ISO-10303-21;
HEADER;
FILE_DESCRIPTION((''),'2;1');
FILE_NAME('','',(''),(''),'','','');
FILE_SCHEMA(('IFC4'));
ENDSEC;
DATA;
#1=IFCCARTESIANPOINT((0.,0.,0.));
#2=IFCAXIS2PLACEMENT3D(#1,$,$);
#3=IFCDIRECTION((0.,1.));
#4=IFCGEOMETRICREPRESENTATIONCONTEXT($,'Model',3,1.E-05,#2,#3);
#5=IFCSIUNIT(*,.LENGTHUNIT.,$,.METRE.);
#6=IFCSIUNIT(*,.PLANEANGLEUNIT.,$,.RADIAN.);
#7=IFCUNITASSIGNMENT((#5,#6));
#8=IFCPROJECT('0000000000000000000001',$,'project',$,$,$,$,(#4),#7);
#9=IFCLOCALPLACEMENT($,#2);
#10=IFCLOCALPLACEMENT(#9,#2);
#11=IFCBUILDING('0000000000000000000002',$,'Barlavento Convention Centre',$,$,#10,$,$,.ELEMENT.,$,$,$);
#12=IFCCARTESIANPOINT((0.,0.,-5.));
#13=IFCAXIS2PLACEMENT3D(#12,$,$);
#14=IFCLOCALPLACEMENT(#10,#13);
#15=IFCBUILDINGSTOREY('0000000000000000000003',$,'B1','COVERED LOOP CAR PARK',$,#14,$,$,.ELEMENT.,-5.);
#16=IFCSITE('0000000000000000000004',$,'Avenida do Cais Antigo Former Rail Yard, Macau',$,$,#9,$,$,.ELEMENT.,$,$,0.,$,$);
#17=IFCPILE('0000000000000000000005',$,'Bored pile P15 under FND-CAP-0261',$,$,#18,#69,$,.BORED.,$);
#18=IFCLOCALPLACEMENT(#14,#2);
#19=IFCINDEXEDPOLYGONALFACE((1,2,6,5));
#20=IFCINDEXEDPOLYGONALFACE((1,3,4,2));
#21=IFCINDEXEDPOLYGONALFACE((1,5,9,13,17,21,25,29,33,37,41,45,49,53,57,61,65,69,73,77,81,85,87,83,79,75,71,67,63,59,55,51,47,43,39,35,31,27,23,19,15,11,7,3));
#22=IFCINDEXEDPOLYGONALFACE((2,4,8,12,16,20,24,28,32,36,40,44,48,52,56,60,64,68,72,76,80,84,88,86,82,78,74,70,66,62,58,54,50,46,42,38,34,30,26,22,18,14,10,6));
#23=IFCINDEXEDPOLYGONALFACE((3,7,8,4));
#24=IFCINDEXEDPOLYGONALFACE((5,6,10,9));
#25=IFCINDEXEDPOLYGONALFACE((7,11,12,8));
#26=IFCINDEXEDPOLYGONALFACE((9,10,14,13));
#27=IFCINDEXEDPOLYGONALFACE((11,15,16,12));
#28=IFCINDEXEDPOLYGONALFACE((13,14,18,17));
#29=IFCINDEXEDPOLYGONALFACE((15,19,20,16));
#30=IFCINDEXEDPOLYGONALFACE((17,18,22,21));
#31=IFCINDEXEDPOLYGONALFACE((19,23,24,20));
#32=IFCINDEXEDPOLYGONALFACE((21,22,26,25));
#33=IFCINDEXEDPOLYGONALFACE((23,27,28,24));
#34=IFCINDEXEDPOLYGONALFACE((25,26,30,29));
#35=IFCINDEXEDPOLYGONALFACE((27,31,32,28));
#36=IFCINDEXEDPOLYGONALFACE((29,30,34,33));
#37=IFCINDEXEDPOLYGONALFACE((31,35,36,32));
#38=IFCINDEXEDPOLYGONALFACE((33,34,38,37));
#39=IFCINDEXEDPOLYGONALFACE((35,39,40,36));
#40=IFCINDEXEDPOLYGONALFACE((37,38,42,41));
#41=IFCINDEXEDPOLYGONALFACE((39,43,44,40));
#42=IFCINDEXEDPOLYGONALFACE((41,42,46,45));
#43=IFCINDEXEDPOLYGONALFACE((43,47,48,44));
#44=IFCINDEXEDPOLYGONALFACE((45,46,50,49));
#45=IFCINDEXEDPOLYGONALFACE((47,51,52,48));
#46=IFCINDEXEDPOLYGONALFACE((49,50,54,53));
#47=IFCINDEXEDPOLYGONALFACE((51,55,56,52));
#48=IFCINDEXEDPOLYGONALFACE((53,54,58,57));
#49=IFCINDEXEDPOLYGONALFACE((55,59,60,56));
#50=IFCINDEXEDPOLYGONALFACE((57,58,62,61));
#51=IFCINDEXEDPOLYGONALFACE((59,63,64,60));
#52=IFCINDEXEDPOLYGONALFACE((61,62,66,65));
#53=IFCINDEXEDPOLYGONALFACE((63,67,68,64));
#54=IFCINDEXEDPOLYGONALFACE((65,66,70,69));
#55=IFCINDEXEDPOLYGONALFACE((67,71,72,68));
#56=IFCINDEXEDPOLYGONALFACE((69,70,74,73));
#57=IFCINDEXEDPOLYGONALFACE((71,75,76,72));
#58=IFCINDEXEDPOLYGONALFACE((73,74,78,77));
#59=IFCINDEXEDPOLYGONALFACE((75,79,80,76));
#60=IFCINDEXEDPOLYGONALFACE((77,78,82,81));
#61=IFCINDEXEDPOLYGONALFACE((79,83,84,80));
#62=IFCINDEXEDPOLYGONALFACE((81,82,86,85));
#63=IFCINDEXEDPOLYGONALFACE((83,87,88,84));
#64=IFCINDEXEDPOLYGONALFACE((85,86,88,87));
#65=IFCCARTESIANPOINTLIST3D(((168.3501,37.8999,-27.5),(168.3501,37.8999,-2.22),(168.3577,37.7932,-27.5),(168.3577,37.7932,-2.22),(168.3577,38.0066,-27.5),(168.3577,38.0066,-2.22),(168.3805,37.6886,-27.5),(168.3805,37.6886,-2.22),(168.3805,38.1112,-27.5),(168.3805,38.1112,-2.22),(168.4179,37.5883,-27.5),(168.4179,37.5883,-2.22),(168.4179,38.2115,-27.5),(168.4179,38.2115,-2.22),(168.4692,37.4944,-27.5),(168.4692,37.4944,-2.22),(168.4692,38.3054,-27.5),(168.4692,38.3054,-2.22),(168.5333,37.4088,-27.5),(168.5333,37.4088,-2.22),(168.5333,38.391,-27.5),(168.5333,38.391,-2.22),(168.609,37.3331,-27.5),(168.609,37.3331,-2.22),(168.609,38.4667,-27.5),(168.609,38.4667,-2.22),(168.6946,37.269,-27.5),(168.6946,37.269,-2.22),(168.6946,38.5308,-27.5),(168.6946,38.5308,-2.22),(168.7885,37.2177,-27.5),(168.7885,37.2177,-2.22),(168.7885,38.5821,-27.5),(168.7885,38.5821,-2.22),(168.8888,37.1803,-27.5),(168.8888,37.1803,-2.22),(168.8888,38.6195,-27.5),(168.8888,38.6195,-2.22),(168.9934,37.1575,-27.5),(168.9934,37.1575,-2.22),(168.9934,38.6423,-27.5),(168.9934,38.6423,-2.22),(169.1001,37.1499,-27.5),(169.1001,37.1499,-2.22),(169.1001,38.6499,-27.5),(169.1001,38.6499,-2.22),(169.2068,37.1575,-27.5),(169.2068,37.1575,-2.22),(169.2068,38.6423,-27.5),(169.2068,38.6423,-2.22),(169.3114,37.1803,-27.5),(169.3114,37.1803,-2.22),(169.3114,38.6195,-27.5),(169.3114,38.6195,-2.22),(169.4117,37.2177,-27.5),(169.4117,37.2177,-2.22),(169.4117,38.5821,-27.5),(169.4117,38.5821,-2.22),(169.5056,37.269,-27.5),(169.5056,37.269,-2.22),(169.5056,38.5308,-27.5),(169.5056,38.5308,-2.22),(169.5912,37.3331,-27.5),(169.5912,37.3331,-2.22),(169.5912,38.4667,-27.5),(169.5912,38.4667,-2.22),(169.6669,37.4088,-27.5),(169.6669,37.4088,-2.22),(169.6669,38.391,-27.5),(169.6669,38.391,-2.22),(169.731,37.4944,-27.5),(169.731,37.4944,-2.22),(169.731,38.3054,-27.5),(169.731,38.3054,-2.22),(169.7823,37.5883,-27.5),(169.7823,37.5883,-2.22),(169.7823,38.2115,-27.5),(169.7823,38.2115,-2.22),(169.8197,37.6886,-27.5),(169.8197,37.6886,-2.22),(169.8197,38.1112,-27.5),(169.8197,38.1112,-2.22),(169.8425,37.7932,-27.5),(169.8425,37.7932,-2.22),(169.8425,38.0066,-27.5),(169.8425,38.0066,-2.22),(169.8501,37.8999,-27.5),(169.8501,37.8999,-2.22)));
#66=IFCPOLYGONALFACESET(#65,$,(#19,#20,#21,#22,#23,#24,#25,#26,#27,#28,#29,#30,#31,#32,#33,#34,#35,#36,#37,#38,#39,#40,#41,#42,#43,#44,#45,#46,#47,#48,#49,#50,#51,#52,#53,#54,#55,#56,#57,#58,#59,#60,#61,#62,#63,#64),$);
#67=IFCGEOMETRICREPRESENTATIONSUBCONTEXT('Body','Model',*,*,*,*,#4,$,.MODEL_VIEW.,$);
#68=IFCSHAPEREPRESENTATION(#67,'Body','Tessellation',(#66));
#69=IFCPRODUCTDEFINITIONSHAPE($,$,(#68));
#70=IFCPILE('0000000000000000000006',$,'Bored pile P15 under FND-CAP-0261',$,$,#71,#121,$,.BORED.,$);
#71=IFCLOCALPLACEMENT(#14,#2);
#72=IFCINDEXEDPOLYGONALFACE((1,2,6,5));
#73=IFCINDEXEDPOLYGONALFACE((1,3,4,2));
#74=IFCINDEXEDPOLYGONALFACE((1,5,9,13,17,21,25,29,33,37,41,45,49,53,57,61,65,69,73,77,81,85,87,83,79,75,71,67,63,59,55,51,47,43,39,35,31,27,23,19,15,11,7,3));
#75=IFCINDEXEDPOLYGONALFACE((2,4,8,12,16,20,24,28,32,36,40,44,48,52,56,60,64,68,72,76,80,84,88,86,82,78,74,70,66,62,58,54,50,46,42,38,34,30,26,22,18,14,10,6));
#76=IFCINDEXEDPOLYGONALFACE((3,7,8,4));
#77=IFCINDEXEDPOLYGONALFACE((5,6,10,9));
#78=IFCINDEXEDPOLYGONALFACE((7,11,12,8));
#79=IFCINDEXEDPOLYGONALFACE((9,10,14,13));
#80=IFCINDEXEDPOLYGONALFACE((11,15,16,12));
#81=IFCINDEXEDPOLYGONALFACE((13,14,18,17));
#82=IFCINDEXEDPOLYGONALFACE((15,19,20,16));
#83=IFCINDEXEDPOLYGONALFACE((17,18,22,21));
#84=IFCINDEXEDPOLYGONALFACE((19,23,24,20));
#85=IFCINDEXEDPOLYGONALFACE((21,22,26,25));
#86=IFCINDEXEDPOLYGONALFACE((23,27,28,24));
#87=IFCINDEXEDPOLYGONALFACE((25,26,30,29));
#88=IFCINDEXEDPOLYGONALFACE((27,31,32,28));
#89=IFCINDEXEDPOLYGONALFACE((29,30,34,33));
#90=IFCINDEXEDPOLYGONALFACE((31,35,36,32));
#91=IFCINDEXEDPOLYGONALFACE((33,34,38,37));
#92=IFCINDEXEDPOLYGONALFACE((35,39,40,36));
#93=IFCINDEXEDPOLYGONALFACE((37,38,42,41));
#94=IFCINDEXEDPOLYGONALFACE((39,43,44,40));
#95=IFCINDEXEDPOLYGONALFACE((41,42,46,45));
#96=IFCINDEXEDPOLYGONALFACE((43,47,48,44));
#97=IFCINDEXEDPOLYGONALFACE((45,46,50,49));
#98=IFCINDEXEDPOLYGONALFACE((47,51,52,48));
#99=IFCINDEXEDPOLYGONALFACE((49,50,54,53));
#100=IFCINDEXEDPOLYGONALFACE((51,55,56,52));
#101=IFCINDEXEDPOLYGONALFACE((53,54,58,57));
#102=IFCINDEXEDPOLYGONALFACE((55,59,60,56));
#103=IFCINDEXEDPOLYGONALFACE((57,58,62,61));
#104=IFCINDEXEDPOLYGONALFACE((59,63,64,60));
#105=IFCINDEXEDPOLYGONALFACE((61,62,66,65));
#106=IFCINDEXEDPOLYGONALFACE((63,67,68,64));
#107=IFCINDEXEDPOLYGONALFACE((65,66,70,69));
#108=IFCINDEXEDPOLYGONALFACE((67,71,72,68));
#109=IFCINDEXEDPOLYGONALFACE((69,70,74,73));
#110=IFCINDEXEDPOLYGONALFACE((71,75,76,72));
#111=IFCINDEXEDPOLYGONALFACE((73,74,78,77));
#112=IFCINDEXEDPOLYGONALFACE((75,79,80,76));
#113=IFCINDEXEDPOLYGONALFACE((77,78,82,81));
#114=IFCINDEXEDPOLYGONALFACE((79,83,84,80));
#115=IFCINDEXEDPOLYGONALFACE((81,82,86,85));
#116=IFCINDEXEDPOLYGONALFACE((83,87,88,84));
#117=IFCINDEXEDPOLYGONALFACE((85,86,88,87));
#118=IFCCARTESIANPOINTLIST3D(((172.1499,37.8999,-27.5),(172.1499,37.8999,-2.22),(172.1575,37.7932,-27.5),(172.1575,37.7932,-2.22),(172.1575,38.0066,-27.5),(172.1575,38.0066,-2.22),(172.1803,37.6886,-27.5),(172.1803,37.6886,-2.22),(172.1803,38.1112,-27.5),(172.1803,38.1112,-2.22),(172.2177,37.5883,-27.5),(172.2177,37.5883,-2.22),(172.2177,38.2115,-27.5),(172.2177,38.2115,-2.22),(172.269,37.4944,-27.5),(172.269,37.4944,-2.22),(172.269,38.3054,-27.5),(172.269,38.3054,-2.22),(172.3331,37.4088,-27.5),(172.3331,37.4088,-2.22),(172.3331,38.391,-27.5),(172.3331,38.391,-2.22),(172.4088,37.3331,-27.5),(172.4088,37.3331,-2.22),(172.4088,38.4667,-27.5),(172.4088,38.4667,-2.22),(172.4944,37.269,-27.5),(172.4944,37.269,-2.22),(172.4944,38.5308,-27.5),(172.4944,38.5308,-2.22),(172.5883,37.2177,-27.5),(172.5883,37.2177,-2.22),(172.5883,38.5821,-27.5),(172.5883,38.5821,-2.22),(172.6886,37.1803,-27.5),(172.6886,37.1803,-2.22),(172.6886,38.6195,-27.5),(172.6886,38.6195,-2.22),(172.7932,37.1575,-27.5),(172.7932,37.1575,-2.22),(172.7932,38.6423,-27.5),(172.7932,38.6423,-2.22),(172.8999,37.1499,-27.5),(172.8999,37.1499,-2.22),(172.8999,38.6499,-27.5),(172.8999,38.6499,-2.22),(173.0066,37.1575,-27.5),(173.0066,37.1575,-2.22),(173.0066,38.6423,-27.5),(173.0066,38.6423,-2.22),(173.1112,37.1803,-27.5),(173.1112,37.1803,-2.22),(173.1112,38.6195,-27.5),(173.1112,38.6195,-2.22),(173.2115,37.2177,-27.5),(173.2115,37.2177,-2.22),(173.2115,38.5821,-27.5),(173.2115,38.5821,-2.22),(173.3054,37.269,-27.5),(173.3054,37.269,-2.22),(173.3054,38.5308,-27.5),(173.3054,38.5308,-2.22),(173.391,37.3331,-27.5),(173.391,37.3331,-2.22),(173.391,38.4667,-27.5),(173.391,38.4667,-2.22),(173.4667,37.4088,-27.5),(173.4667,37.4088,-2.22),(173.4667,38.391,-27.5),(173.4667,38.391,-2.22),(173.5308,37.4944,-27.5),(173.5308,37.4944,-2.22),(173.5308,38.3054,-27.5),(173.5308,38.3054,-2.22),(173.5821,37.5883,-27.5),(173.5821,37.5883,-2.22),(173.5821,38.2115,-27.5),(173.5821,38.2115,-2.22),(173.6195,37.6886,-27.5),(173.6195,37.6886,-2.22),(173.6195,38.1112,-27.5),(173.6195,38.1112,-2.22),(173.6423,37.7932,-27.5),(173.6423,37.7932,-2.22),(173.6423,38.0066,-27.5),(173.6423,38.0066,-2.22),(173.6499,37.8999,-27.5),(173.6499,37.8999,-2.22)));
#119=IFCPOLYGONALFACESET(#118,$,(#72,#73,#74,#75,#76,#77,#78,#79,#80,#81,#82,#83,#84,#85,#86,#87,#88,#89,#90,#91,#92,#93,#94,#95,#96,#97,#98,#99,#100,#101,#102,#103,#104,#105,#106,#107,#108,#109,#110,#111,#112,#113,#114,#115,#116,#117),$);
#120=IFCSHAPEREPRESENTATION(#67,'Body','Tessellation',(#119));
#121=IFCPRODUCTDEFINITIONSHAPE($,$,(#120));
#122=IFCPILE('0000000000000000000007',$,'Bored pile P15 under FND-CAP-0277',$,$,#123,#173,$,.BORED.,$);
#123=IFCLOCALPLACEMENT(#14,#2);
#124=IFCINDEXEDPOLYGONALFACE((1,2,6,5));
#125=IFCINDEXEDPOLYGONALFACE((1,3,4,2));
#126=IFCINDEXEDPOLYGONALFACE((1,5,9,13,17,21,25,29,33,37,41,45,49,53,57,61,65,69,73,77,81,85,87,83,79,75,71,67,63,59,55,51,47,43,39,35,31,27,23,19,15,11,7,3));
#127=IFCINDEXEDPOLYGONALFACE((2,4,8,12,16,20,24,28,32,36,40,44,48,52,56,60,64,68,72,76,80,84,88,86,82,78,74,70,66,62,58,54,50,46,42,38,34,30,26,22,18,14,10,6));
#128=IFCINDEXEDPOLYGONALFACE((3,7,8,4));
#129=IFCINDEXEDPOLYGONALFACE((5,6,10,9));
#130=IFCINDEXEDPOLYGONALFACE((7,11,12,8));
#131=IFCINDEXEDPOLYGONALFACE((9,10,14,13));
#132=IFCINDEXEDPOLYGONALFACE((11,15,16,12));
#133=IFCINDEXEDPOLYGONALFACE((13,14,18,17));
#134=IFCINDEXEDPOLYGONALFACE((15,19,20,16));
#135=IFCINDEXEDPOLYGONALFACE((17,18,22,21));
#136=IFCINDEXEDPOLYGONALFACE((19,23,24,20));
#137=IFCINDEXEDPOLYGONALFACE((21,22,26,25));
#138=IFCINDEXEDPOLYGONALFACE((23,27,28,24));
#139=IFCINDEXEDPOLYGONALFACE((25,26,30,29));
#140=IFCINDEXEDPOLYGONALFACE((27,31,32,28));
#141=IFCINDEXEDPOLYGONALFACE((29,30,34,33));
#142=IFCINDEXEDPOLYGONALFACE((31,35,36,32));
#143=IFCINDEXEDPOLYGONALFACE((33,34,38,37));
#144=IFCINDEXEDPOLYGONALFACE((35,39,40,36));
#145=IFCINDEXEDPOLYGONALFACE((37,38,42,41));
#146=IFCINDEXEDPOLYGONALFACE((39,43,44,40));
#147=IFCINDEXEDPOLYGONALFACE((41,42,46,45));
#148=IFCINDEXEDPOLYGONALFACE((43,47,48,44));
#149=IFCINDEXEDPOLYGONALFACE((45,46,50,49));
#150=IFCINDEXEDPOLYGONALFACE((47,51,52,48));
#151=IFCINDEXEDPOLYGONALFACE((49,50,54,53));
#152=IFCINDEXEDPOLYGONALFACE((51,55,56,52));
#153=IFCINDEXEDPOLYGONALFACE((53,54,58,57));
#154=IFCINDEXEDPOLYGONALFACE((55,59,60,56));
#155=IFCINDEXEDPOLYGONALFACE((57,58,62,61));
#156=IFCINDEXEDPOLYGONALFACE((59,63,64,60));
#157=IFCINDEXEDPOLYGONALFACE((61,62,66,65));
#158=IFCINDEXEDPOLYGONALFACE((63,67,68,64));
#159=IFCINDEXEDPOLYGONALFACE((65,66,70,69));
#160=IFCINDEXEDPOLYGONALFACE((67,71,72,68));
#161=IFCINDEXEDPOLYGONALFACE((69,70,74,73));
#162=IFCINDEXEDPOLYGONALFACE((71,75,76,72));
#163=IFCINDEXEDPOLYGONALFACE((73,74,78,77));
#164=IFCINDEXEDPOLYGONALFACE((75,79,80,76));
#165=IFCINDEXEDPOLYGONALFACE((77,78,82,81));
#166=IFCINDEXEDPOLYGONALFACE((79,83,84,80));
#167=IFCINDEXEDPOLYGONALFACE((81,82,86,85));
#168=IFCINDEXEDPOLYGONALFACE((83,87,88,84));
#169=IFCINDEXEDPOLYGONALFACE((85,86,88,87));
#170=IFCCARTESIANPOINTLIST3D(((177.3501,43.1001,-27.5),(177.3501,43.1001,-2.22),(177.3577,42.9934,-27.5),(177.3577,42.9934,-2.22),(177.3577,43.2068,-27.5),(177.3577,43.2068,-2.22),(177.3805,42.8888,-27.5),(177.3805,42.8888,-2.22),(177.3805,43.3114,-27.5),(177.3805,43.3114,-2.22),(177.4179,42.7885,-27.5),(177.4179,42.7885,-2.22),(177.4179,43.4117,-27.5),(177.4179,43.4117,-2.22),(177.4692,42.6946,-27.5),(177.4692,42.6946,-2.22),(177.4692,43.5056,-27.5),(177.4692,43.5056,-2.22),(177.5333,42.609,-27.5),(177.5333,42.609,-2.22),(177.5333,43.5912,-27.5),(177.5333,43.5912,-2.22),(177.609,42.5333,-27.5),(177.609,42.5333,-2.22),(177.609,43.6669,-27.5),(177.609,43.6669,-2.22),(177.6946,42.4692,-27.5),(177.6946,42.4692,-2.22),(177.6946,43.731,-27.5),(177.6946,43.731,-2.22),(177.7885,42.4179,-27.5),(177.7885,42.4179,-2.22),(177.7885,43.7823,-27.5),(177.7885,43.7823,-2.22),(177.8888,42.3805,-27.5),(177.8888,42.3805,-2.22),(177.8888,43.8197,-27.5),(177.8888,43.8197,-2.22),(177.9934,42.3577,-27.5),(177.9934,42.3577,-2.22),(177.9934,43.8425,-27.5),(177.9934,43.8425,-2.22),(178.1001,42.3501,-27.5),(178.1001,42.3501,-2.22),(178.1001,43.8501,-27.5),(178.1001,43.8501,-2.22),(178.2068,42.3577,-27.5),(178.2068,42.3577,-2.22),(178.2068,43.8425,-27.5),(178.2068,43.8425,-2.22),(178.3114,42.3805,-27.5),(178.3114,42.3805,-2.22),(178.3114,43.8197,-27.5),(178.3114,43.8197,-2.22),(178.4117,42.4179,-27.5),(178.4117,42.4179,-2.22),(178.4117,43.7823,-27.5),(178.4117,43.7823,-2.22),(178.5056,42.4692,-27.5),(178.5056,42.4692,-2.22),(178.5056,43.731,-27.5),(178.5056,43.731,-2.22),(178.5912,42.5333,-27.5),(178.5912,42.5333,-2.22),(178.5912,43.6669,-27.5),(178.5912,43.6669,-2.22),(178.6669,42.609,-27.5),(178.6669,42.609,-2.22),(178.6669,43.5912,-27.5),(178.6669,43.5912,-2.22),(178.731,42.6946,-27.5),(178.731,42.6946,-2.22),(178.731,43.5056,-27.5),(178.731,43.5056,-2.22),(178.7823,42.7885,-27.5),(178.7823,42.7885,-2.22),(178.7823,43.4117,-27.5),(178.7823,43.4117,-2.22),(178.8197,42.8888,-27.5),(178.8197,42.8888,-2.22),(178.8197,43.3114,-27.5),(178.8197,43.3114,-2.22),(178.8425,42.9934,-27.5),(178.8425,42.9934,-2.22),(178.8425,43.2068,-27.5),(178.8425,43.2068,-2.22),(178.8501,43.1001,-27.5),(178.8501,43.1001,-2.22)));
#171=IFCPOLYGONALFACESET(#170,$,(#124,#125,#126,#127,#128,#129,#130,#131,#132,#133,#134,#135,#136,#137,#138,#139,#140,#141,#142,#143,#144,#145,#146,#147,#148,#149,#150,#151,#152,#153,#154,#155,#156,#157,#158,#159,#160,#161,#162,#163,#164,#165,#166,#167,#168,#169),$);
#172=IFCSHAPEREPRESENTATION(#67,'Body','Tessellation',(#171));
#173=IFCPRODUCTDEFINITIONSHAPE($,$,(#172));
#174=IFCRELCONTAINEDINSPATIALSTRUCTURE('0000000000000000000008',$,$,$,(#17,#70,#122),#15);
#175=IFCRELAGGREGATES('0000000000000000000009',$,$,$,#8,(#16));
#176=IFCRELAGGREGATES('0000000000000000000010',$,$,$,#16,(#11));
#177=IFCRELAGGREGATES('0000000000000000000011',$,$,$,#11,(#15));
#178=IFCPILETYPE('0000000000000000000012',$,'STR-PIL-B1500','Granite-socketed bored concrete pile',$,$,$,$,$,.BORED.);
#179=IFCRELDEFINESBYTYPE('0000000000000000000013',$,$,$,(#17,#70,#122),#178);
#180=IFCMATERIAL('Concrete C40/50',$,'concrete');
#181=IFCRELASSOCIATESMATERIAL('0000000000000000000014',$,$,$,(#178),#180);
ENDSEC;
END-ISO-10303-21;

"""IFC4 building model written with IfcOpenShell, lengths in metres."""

from ifc_helpers import new_model, si_unit, direction, frame, origin, origin_2d, place, context, subcontext, project, spatial, circle, extrude, material, material_profile, profile_set, type_object, element, save


model = new_model("IFC4")

# Units and contexts
model_context = context("Model", 3, precision=1e-05, world=origin(), true_north=direction((0.0, 1.0)))
body_context = subcontext(model_context, "Body", "Model", "MODEL_VIEW")
ifc_project = project(units=[si_unit("LENGTHUNIT", "METRE"), si_unit("PLANEANGLEUNIT", "RADIAN")], contexts=[model_context])

# Site, building, storey
site_placement = place(None, origin())
site = spatial("IfcSite", under=ifc_project, at=site_placement, Name="Avenida do Cais Antigo Former Rail Yard, Macau", CompositionType="ELEMENT", RefElevation=0.0)
building_placement = place(site_placement, origin())
building = spatial("IfcBuilding", under=site, at=building_placement, Name="Barlavento Convention Centre", CompositionType="ELEMENT")
storey_placement = place(building_placement, frame((0.0, 0.0, -5.0)))
storey = spatial("IfcBuildingStorey", under=building, at=storey_placement, Name="B1", Description="COVERED LOOP CAR PARK", CompositionType="ELEMENT", Elevation=-5.0)

# Shared definitions
ifc_material_1 = material(Name="Concrete C40/50", Category="concrete")

# Piles
ifc_material_profile_1 = material_profile(ifc_material_1, circle(Radius=0.75, at=origin_2d()), Name="BORED PILE 1500")
ifc_profile_set_1 = profile_set([ifc_material_profile_1], Name="Concrete C40/50")
pile_type_1 = type_object("IfcPileType", Name="STR-PIL-B1500", Description="Granite-socketed bored concrete pile", PredefinedType="BORED", material=ifc_profile_set_1)
for number, where, z_axis, x_axis, name in (
    (1, (169.1001, 37.8999, -2.22), (0.0, 0.0, -1.0), (1.0, 0.0, 0.0), "Bored pile P15 under FND-CAP-0261"),
    (2, (172.8999, 37.8999, -2.22), (0.0, 0.0, -1.0), (1.0, 0.0, 0.0), "Bored pile P15 under FND-CAP-0261"),
    (3, (178.1001, 43.1001, -2.22), (0.0, 0.0, -1.0), (1.0, 0.0, 0.0), "Bored pile P15 under FND-CAP-0277"),
):
    element("IfcPile", number, at=place(storey_placement, frame(where, z_axis=z_axis, x_axis=x_axis)), inside=storey, type_object=pile_type_1, Name=name, PredefinedType="BORED", context=body_context, shape_type="SweptSolid", body=[
        extrude(circle(Radius=0.75, at=origin_2d()), origin(), (0.0, 0.0, 1.0), 25.28),
    ])

save(model, "model.ifc")
